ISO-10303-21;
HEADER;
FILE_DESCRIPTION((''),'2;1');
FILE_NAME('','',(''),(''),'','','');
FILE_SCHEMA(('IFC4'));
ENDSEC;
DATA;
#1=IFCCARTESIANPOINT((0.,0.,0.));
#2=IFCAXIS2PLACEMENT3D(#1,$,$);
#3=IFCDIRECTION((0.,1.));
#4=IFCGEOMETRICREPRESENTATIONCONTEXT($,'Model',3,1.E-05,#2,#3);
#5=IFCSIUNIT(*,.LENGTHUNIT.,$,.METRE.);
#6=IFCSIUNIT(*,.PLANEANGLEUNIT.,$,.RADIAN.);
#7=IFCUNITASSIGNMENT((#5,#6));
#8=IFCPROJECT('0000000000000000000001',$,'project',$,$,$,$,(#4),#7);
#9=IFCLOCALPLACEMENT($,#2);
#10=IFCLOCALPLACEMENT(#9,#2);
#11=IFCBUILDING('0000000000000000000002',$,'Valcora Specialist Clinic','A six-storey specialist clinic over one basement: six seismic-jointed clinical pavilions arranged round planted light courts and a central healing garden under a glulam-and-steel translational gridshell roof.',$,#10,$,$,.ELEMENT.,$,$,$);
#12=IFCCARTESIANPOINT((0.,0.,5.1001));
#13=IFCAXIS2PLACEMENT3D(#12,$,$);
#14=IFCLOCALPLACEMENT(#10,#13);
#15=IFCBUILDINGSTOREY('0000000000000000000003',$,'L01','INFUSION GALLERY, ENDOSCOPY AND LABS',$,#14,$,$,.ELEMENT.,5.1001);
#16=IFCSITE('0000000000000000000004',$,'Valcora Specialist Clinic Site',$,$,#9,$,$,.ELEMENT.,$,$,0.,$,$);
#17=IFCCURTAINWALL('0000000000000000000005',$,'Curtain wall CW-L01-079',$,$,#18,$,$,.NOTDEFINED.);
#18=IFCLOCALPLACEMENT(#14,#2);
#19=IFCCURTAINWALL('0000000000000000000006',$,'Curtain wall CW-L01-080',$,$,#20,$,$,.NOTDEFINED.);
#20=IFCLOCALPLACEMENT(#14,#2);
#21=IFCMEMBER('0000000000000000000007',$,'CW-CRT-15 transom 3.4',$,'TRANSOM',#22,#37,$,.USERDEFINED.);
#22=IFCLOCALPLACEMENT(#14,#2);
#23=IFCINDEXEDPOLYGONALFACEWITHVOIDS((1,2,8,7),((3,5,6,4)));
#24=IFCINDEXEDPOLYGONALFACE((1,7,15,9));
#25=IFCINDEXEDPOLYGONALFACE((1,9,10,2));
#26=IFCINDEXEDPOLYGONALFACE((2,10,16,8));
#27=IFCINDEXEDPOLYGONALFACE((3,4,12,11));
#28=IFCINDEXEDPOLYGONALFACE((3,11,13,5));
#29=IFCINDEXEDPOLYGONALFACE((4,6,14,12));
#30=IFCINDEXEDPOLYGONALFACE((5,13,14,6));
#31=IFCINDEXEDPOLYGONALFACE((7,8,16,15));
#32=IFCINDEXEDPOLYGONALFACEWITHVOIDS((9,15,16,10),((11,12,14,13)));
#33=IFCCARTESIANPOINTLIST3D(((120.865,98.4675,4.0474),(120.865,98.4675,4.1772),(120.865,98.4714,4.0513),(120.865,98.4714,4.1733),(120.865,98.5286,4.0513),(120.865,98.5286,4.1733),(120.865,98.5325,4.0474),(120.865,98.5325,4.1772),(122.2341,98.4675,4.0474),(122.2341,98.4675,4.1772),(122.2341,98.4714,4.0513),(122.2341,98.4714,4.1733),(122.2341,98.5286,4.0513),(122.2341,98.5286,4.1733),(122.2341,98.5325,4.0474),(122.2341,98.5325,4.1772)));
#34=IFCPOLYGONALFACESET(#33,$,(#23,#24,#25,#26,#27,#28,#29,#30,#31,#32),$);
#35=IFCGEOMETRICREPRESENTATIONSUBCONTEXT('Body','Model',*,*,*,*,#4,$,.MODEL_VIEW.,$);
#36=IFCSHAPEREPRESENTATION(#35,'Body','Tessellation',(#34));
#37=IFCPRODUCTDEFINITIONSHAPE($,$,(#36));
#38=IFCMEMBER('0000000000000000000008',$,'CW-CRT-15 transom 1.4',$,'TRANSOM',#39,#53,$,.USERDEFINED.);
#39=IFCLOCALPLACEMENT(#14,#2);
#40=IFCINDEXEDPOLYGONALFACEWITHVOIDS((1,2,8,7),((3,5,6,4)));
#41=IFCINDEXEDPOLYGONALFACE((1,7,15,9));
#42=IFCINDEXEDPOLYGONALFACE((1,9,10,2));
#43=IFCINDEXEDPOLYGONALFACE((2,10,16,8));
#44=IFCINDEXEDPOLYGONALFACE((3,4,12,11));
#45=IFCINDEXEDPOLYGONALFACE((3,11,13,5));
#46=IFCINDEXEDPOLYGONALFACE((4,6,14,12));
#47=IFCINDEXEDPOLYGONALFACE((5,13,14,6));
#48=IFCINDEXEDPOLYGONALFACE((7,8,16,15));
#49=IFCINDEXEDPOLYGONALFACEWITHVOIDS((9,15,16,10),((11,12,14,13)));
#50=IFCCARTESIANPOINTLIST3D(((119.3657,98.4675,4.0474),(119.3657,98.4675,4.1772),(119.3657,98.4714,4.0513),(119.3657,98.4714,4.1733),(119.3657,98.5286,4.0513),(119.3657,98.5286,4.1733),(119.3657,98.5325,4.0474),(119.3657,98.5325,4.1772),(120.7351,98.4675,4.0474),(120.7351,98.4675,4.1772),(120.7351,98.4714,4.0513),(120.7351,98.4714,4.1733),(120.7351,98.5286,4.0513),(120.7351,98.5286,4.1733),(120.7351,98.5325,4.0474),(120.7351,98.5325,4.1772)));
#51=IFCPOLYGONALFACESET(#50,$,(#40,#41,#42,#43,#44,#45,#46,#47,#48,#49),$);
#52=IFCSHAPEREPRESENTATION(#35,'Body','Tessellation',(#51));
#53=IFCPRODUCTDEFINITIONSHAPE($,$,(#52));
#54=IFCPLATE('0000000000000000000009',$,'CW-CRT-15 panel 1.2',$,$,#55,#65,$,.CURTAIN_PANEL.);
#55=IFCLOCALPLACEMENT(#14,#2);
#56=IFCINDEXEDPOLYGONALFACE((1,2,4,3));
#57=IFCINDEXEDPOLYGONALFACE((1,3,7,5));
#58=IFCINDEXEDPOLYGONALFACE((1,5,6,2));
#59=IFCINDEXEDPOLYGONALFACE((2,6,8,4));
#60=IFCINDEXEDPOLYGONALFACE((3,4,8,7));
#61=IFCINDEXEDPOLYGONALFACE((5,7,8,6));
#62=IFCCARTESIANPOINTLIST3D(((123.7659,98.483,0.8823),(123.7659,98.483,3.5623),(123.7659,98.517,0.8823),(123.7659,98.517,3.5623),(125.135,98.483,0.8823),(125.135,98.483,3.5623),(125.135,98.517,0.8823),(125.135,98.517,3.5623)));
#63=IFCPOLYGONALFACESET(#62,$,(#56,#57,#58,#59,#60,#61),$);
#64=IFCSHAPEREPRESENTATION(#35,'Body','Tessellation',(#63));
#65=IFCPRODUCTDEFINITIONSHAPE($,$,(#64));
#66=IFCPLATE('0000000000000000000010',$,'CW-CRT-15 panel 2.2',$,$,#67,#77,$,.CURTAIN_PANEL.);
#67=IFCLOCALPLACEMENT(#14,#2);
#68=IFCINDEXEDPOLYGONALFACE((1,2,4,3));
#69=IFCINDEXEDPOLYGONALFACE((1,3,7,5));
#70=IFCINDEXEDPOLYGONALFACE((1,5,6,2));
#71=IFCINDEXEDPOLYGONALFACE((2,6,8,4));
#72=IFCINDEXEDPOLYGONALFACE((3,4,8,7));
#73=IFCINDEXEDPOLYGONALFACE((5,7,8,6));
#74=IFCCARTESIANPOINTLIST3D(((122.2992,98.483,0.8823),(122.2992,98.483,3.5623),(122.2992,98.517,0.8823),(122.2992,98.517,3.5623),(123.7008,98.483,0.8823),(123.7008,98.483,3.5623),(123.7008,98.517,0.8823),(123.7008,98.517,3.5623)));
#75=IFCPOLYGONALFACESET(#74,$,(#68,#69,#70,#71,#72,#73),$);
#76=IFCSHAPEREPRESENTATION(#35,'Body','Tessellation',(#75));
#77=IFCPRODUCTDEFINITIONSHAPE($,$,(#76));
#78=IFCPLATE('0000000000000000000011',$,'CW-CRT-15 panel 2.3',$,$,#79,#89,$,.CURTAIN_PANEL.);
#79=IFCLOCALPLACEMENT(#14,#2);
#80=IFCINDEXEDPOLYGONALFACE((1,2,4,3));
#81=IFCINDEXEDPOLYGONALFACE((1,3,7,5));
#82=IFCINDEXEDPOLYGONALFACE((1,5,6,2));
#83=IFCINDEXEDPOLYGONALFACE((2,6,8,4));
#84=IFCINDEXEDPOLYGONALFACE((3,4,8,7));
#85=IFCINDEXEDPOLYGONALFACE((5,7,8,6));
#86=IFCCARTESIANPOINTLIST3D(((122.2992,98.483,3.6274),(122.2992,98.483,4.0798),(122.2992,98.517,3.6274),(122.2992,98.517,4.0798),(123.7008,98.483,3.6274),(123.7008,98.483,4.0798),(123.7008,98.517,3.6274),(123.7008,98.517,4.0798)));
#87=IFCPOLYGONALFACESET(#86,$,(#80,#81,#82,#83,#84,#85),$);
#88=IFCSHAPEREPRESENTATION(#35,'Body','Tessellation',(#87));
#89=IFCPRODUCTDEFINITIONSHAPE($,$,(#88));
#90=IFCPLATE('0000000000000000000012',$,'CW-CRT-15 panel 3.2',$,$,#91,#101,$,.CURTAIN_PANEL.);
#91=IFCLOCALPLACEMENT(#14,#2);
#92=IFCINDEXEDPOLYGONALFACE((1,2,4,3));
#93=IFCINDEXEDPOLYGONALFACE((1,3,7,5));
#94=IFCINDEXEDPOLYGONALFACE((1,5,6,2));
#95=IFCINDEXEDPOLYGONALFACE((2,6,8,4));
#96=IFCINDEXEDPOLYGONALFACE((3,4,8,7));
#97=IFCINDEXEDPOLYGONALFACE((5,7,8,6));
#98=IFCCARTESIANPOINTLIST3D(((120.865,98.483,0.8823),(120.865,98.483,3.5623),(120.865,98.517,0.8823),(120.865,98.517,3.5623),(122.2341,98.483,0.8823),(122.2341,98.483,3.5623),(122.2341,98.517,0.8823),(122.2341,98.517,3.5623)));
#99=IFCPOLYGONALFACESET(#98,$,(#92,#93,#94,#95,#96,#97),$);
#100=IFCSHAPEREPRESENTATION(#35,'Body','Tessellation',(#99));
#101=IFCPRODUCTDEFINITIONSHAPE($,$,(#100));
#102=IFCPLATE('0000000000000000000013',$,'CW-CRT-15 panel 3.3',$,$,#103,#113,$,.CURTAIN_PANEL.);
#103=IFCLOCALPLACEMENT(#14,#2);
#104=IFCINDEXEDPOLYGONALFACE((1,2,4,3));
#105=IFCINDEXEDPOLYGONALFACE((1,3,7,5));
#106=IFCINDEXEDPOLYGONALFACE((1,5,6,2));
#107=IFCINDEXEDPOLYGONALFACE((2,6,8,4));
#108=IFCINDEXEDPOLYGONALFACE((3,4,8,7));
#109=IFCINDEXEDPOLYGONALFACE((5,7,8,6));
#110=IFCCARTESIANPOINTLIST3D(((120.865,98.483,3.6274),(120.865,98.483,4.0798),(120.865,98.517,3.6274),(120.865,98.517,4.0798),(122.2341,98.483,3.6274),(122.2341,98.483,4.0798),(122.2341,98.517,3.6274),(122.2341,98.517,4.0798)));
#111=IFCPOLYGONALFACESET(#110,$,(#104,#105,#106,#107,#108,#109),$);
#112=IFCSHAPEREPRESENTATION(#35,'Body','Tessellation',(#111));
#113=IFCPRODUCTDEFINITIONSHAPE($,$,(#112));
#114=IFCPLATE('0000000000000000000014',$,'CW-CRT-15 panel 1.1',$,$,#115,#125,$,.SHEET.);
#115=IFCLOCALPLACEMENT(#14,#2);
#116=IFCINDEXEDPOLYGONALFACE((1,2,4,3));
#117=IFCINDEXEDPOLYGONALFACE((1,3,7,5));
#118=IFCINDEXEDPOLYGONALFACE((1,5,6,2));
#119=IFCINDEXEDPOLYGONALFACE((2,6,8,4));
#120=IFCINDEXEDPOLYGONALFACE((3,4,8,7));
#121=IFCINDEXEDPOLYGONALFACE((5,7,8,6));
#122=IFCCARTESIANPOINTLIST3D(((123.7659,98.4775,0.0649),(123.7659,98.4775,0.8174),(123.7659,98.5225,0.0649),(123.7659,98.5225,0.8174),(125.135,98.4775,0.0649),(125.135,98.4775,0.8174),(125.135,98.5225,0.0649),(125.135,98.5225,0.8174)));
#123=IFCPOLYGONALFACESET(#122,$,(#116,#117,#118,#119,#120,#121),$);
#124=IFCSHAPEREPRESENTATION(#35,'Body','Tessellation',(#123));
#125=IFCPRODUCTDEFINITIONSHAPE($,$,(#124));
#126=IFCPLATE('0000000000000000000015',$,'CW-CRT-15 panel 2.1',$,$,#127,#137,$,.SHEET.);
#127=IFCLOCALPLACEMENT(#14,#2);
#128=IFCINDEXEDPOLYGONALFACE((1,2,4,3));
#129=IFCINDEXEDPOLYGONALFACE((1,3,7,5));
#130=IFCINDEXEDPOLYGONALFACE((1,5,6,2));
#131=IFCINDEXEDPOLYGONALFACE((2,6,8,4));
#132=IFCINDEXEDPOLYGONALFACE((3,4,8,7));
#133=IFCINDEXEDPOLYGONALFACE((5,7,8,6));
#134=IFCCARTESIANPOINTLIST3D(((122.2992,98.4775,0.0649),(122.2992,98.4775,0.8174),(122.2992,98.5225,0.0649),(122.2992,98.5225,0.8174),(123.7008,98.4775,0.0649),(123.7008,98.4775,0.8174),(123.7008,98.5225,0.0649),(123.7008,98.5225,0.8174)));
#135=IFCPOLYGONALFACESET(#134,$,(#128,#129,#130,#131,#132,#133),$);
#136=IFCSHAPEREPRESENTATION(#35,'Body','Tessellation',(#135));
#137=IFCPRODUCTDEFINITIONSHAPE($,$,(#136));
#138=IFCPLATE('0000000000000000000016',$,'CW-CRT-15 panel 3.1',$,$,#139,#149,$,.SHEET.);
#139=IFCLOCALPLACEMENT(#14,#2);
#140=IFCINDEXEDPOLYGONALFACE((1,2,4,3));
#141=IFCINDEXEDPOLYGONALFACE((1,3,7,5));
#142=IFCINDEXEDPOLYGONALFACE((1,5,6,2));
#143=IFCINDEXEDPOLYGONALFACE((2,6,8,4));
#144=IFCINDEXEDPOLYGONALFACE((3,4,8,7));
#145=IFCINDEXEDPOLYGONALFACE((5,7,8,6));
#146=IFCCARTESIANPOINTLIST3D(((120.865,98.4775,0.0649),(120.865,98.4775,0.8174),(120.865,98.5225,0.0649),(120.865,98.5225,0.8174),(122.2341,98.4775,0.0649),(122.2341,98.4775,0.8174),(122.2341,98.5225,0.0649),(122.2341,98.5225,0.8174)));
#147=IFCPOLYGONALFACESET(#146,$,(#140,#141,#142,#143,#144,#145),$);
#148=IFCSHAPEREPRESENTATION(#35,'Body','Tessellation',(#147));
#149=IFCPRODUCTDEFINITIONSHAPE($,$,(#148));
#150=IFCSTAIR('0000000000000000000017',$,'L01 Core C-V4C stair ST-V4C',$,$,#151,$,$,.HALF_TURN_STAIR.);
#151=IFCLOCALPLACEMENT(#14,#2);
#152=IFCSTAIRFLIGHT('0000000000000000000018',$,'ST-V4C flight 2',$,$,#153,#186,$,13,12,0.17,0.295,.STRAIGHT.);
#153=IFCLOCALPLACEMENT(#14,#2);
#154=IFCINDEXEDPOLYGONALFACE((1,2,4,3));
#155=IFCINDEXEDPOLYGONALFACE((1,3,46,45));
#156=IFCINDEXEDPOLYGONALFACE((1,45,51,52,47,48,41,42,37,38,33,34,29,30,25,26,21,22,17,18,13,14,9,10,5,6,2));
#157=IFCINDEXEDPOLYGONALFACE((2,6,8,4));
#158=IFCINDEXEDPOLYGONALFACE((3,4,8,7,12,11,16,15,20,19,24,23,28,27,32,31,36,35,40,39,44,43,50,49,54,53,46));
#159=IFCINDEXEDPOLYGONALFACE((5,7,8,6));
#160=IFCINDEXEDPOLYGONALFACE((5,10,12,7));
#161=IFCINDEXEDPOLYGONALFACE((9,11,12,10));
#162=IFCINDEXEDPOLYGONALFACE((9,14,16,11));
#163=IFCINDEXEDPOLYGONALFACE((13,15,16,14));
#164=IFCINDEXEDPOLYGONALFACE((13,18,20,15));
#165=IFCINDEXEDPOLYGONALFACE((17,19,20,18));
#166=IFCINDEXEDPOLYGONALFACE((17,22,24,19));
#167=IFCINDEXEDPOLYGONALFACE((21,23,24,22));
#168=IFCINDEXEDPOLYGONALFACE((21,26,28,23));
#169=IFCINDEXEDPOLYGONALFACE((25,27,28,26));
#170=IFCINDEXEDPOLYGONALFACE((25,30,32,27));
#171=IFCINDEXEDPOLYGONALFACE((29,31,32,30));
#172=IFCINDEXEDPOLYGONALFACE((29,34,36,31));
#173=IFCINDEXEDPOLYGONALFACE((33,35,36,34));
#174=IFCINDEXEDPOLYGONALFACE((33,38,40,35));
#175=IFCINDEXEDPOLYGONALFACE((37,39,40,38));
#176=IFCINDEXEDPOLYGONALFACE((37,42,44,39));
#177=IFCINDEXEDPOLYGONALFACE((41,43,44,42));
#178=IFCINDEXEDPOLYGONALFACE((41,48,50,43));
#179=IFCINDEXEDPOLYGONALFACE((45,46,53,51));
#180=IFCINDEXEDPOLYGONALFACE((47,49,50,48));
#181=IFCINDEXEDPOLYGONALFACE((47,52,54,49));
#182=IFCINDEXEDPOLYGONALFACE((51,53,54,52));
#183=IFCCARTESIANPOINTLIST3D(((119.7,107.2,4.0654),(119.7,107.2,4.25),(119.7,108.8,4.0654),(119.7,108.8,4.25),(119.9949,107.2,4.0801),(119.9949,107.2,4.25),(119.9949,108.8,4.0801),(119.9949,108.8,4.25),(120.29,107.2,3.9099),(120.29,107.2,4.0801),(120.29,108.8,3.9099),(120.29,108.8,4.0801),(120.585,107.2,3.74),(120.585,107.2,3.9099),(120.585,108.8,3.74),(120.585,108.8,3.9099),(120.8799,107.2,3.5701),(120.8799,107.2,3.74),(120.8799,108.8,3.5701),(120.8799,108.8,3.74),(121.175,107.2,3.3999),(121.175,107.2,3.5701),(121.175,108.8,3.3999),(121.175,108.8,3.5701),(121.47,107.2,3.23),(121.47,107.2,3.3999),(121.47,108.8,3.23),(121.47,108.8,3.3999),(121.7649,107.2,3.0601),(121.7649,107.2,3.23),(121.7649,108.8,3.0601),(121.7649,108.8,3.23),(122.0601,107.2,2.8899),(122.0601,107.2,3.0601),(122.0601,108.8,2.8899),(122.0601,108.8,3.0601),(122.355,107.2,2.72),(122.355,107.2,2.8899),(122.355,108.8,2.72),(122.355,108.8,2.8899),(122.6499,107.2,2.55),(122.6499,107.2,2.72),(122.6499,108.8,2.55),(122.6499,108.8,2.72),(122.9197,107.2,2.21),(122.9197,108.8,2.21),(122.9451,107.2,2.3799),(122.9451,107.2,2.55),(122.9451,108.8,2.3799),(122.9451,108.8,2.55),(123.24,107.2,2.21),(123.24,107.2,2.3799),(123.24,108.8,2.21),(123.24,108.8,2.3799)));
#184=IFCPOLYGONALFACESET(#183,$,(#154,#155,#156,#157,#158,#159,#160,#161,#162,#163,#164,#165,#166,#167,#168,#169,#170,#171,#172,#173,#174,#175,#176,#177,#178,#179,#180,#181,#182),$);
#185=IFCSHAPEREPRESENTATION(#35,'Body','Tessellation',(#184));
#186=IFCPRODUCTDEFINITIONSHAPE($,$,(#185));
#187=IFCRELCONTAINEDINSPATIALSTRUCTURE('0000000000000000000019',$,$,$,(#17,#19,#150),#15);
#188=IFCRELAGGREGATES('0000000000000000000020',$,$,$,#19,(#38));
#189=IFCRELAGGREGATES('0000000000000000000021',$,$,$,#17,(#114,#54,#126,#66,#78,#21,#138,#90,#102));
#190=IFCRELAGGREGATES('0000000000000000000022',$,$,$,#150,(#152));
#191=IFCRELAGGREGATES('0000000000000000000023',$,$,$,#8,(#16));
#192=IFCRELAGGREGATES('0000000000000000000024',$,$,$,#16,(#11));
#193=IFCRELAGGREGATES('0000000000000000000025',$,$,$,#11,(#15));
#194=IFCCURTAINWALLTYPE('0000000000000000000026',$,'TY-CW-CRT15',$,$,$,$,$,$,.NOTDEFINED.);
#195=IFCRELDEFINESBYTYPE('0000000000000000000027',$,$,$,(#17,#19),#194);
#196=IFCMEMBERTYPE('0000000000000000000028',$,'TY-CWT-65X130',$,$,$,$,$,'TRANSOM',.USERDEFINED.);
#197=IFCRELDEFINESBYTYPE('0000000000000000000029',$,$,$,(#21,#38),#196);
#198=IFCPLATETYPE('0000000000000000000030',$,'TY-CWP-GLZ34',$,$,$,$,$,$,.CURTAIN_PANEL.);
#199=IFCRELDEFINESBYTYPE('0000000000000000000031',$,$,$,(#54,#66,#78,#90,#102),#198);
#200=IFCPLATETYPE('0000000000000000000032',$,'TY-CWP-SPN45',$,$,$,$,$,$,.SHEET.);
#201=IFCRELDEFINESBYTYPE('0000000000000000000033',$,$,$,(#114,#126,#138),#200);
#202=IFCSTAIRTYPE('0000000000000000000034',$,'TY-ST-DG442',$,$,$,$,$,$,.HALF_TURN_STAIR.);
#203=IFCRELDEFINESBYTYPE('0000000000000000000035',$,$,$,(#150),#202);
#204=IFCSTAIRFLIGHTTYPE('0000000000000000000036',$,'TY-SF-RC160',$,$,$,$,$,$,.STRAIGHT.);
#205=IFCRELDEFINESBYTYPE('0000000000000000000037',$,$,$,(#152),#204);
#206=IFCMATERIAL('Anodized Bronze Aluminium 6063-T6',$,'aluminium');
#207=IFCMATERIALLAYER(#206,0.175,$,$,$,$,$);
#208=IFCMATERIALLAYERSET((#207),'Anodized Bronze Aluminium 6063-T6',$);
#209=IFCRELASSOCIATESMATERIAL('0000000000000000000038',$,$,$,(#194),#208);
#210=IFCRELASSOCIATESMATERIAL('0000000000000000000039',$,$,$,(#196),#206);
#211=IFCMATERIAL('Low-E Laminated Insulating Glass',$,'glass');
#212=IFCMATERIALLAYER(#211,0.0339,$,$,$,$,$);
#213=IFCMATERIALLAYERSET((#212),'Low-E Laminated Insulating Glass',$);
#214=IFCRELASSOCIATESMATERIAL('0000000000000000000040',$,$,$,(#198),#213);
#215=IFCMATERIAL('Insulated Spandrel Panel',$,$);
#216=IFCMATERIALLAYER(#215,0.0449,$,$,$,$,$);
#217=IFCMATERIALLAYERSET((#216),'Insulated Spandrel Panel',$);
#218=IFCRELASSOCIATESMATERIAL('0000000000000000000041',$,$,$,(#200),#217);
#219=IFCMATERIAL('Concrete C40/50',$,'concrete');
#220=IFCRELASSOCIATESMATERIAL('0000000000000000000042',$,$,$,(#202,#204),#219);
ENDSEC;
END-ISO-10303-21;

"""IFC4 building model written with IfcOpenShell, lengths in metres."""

from ifc_helpers import new_model, si_unit, direction, frame, origin, origin_2d, place, context, subcontext, project, spatial, polyline, rectangle, hollow_rectangle, outline, extrude, material, layer, layer_set, material_profile, profile_set, type_object, element, aggregate, save


model = new_model("IFC4")

# Units and contexts
model_context = context("Model", 3, precision=1e-05, world=origin(), true_north=direction((0.0, 1.0)))
body_context = subcontext(model_context, "Body", "Model", "MODEL_VIEW")
ifc_project = project(units=[si_unit("LENGTHUNIT", "METRE"), si_unit("PLANEANGLEUNIT", "RADIAN")], contexts=[model_context])

# Site, building, storey
site_placement = place(None, origin())
site = spatial("IfcSite", under=ifc_project, at=site_placement, Name="Valcora Specialist Clinic Site", CompositionType="ELEMENT", RefElevation=0.0)
building_placement = place(site_placement, origin())
building = spatial("IfcBuilding", under=site, at=building_placement, Name="Valcora Specialist Clinic", Description="A six-storey specialist clinic over one basement: six seismic-jointed clinical pavilions arranged round planted light courts and a central healing garden under a glulam-and-steel translational gridshell roof.", CompositionType="ELEMENT")
storey_placement = place(building_placement, frame((0.0, 0.0, 5.1001)))
storey = spatial("IfcBuildingStorey", under=building, at=storey_placement, Name="L01", Description="INFUSION GALLERY, ENDOSCOPY AND LABS", CompositionType="ELEMENT", Elevation=5.1001)

# Curtain wall
ifc_material_1 = material(Name="Anodized Bronze Aluminium 6063-T6", Category="aluminium")
ifc_layer_1 = layer(ifc_material_1, 0.175)
ifc_layer_set_1 = layer_set([ifc_layer_1], Name="Anodized Bronze Aluminium 6063-T6")
curtain_wall_type = type_object("IfcCurtainWallType", Name="TY-CW-CRT15", PredefinedType="NOTDEFINED", material=ifc_layer_set_1)
curtain_wall_1_placement = place(storey_placement, origin())
curtain_wall_1 = element("IfcCurtainWall", 1, at=curtain_wall_1_placement, inside=storey, type_object=curtain_wall_type, Name="Curtain wall CW-L01-079", PredefinedType="NOTDEFINED")

# Curtain wall
curtain_wall_2_placement = place(storey_placement, origin())
curtain_wall_2 = element("IfcCurtainWall", 2, at=curtain_wall_2_placement, inside=storey, type_object=curtain_wall_type, Name="Curtain wall CW-L01-080", PredefinedType="NOTDEFINED")

# Members
ifc_material_profile_1 = material_profile(ifc_material_1, hollow_rectangle(XDim=0.0649, YDim=0.1299, WallThickness=0.0039, at=origin_2d()), Name="AL-TRN-65X130")
ifc_profile_set_1 = profile_set([ifc_material_profile_1], Name="Anodized Bronze Aluminium 6063-T6")
member_type_1 = type_object("IfcMemberType", Name="TY-CWT-65X130", ElementType="TRANSOM", PredefinedType="USERDEFINED", material=ifc_profile_set_1)
member_1_placement = place(storey_placement, frame((122.2341, 98.5, 4.1123), z_axis=(-1.0, 0.0, 0.0), x_axis=(0.0, -1.0, 0.0)))
member_1 = element("IfcMember", 3, at=member_1_placement, type_object=member_type_1, Name="CW-CRT-15 transom 3.4", ObjectType="TRANSOM", PredefinedType="USERDEFINED", context=body_context, shape_type="SweptSolid", body=[
    extrude(hollow_rectangle(XDim=0.0649, YDim=0.1299, WallThickness=0.0039, at=origin_2d()), origin(), (0.0, 0.0, 1.0), 1.3691),
])
member_2_placement = place(storey_placement, frame((120.7351, 98.5, 4.1123), z_axis=(-1.0, 0.0, 0.0), x_axis=(0.0, -1.0, 0.0)))
member_2 = element("IfcMember", 4, at=member_2_placement, type_object=member_type_1, Name="CW-CRT-15 transom 1.4", ObjectType="TRANSOM", PredefinedType="USERDEFINED", context=body_context, shape_type="SweptSolid", body=[
    extrude(hollow_rectangle(XDim=0.0649, YDim=0.1299, WallThickness=0.0039, at=origin_2d()), origin(), (0.0, 0.0, 1.0), 1.3694),
])
aggregate(curtain_wall_2, [member_2])

# Plates
ifc_material_2 = material(Name="Low-E Laminated Insulating Glass", Category="glass")
ifc_layer_2 = layer(ifc_material_2, 0.0339)
ifc_layer_set_2 = layer_set([ifc_layer_2], Name="Low-E Laminated Insulating Glass")
plate_type_1 = type_object("IfcPlateType", Name="TY-CWP-GLZ34", PredefinedType="CURTAIN_PANEL", material=ifc_layer_set_2)
plate_1_placement = place(storey_placement, frame((124.4504, 98.5, 0.8823), z_axis=(0.0, 0.0, 1.0), x_axis=(-1.0, 0.0, 0.0)))
plate_1 = element("IfcPlate", 5, at=plate_1_placement, type_object=plate_type_1, Name="CW-CRT-15 panel 1.2", PredefinedType="CURTAIN_PANEL", context=body_context, shape_type="SweptSolid", body=[
    extrude(rectangle(XDim=1.3691, YDim=0.0339, at=origin_2d()), origin(), (0.0, 0.0, 1.0), 2.6799),
])
plate_2_placement = place(storey_placement, frame((123.0, 98.5, 0.8823), z_axis=(0.0, 0.0, 1.0), x_axis=(-1.0, 0.0, 0.0)))
plate_2 = element("IfcPlate", 6, at=plate_2_placement, type_object=plate_type_1, Name="CW-CRT-15 panel 2.2", PredefinedType="CURTAIN_PANEL", context=body_context, shape_type="SweptSolid", body=[
    extrude(rectangle(XDim=1.4016, YDim=0.0339, at=origin_2d()), origin(), (0.0, 0.0, 1.0), 2.6799),
])
plate_3_placement = place(storey_placement, frame((123.0, 98.5, 3.6274), z_axis=(0.0, 0.0, 1.0), x_axis=(-1.0, 0.0, 0.0)))
plate_3 = element("IfcPlate", 7, at=plate_3_placement, type_object=plate_type_1, Name="CW-CRT-15 panel 2.3", PredefinedType="CURTAIN_PANEL", context=body_context, shape_type="SweptSolid", body=[
    extrude(rectangle(XDim=1.4016, YDim=0.0339, at=origin_2d()), origin(), (0.0, 0.0, 1.0), 0.4524),
])
plate_4_placement = place(storey_placement, frame((121.5496, 98.5, 0.8823), z_axis=(0.0, 0.0, 1.0), x_axis=(-1.0, 0.0, 0.0)))
plate_4 = element("IfcPlate", 8, at=plate_4_placement, type_object=plate_type_1, Name="CW-CRT-15 panel 3.2", PredefinedType="CURTAIN_PANEL", context=body_context, shape_type="SweptSolid", body=[
    extrude(rectangle(XDim=1.3691, YDim=0.0339, at=origin_2d()), origin(), (0.0, 0.0, 1.0), 2.6799),
])
plate_5_placement = place(storey_placement, frame((121.5496, 98.5, 3.6274), z_axis=(0.0, 0.0, 1.0), x_axis=(-1.0, 0.0, 0.0)))
plate_5 = element("IfcPlate", 9, at=plate_5_placement, type_object=plate_type_1, Name="CW-CRT-15 panel 3.3", PredefinedType="CURTAIN_PANEL", context=body_context, shape_type="SweptSolid", body=[
    extrude(rectangle(XDim=1.3691, YDim=0.0339, at=origin_2d()), origin(), (0.0, 0.0, 1.0), 0.4524),
])
ifc_material_3 = material(Name="Insulated Spandrel Panel")
ifc_layer_3 = layer(ifc_material_3, 0.0449)
ifc_layer_set_3 = layer_set([ifc_layer_3], Name="Insulated Spandrel Panel")
plate_type_2 = type_object("IfcPlateType", Name="TY-CWP-SPN45", PredefinedType="SHEET", material=ifc_layer_set_3)
plate_6_placement = place(storey_placement, frame((124.4504, 98.5, 0.0649), z_axis=(0.0, 0.0, 1.0), x_axis=(-1.0, 0.0, 0.0)))
plate_6 = element("IfcPlate", 10, at=plate_6_placement, type_object=plate_type_2, Name="CW-CRT-15 panel 1.1", PredefinedType="SHEET", context=body_context, shape_type="SweptSolid", body=[
    extrude(rectangle(XDim=1.3691, YDim=0.0449, at=origin_2d()), origin(), (0.0, 0.0, 1.0), 0.7524),
])
plate_7_placement = place(storey_placement, frame((123.0, 98.5, 0.0649), z_axis=(0.0, 0.0, 1.0), x_axis=(-1.0, 0.0, 0.0)))
plate_7 = element("IfcPlate", 11, at=plate_7_placement, type_object=plate_type_2, Name="CW-CRT-15 panel 2.1", PredefinedType="SHEET", context=body_context, shape_type="SweptSolid", body=[
    extrude(rectangle(XDim=1.4016, YDim=0.0449, at=origin_2d()), origin(), (0.0, 0.0, 1.0), 0.7524),
])
plate_8_placement = place(storey_placement, frame((121.5496, 98.5, 0.0649), z_axis=(0.0, 0.0, 1.0), x_axis=(-1.0, 0.0, 0.0)))
plate_8 = element("IfcPlate", 12, at=plate_8_placement, type_object=plate_type_2, Name="CW-CRT-15 panel 3.1", PredefinedType="SHEET", context=body_context, shape_type="SweptSolid", body=[
    extrude(rectangle(XDim=1.3691, YDim=0.0449, at=origin_2d()), origin(), (0.0, 0.0, 1.0), 0.7524),
])
aggregate(curtain_wall_1, [plate_6, plate_1, plate_7, plate_2, plate_3, member_1, plate_8, plate_4, plate_5])

# Stair, stair flight
ifc_material_4 = material(Name="Concrete C40/50", Category="concrete")
stair_type = type_object("IfcStairType", Name="TY-ST-DG442", PredefinedType="HALF_TURN_STAIR", material=ifc_material_4)
stair_placement = place(storey_placement, origin())
stair = element("IfcStair", 13, at=stair_placement, inside=storey, type_object=stair_type, Name="L01 Core C-V4C stair ST-V4C", PredefinedType="HALF_TURN_STAIR")
stair_flight_type = type_object("IfcStairFlightType", Name="TY-SF-RC160", PredefinedType="STRAIGHT", material=ifc_material_4)
stair_flight_placement = place(storey_placement, frame((123.24, 108.0, 2.21), z_axis=(0.0, 0.0, 1.0), x_axis=(-1.0, 0.0, 0.0)))
stair_flight = element("IfcStairFlight", 14, at=stair_flight_placement, type_object=stair_flight_type, Name="ST-V4C flight 2", NumberOfRisers=13, NumberOfTreads=12, PredefinedType="STRAIGHT", RiserHeight=0.17, TreadLength=0.295, context=body_context, shape_type="SweptSolid", body=[
    extrude(outline(polyline([(0.0, 0.0), (0.0, 0.1699), (0.2949, 0.1699), (0.2949, 0.3401), (0.5901, 0.3401), (0.5901, 0.51), (0.885, 0.51), (0.885, 0.6799), (1.1799, 0.6799), (1.1799, 0.8501), (1.4751, 0.8501), (1.4751, 1.02), (1.77, 1.02), (1.77, 1.1899), (2.0649, 1.1899), (2.0649, 1.3601), (2.3601, 1.3601), (2.3601, 1.53), (2.655, 1.53), (2.655, 1.7), (2.95, 1.7), (2.95, 1.8701), (3.2451, 1.8701), (3.2451, 2.04), (3.54, 2.04), (3.54, 2.21), (3.54, 1.8555), (0.3203, 0.0), (0.0, 0.0)])), frame((0.0, 0.8, 0.0), z_axis=(0.0, -1.0, 0.0), x_axis=(1.0, 0.0, 0.0)), (0.0, 0.0, 1.0), 1.6001),
])
aggregate(stair, [stair_flight])

save(model, "model.ifc")
